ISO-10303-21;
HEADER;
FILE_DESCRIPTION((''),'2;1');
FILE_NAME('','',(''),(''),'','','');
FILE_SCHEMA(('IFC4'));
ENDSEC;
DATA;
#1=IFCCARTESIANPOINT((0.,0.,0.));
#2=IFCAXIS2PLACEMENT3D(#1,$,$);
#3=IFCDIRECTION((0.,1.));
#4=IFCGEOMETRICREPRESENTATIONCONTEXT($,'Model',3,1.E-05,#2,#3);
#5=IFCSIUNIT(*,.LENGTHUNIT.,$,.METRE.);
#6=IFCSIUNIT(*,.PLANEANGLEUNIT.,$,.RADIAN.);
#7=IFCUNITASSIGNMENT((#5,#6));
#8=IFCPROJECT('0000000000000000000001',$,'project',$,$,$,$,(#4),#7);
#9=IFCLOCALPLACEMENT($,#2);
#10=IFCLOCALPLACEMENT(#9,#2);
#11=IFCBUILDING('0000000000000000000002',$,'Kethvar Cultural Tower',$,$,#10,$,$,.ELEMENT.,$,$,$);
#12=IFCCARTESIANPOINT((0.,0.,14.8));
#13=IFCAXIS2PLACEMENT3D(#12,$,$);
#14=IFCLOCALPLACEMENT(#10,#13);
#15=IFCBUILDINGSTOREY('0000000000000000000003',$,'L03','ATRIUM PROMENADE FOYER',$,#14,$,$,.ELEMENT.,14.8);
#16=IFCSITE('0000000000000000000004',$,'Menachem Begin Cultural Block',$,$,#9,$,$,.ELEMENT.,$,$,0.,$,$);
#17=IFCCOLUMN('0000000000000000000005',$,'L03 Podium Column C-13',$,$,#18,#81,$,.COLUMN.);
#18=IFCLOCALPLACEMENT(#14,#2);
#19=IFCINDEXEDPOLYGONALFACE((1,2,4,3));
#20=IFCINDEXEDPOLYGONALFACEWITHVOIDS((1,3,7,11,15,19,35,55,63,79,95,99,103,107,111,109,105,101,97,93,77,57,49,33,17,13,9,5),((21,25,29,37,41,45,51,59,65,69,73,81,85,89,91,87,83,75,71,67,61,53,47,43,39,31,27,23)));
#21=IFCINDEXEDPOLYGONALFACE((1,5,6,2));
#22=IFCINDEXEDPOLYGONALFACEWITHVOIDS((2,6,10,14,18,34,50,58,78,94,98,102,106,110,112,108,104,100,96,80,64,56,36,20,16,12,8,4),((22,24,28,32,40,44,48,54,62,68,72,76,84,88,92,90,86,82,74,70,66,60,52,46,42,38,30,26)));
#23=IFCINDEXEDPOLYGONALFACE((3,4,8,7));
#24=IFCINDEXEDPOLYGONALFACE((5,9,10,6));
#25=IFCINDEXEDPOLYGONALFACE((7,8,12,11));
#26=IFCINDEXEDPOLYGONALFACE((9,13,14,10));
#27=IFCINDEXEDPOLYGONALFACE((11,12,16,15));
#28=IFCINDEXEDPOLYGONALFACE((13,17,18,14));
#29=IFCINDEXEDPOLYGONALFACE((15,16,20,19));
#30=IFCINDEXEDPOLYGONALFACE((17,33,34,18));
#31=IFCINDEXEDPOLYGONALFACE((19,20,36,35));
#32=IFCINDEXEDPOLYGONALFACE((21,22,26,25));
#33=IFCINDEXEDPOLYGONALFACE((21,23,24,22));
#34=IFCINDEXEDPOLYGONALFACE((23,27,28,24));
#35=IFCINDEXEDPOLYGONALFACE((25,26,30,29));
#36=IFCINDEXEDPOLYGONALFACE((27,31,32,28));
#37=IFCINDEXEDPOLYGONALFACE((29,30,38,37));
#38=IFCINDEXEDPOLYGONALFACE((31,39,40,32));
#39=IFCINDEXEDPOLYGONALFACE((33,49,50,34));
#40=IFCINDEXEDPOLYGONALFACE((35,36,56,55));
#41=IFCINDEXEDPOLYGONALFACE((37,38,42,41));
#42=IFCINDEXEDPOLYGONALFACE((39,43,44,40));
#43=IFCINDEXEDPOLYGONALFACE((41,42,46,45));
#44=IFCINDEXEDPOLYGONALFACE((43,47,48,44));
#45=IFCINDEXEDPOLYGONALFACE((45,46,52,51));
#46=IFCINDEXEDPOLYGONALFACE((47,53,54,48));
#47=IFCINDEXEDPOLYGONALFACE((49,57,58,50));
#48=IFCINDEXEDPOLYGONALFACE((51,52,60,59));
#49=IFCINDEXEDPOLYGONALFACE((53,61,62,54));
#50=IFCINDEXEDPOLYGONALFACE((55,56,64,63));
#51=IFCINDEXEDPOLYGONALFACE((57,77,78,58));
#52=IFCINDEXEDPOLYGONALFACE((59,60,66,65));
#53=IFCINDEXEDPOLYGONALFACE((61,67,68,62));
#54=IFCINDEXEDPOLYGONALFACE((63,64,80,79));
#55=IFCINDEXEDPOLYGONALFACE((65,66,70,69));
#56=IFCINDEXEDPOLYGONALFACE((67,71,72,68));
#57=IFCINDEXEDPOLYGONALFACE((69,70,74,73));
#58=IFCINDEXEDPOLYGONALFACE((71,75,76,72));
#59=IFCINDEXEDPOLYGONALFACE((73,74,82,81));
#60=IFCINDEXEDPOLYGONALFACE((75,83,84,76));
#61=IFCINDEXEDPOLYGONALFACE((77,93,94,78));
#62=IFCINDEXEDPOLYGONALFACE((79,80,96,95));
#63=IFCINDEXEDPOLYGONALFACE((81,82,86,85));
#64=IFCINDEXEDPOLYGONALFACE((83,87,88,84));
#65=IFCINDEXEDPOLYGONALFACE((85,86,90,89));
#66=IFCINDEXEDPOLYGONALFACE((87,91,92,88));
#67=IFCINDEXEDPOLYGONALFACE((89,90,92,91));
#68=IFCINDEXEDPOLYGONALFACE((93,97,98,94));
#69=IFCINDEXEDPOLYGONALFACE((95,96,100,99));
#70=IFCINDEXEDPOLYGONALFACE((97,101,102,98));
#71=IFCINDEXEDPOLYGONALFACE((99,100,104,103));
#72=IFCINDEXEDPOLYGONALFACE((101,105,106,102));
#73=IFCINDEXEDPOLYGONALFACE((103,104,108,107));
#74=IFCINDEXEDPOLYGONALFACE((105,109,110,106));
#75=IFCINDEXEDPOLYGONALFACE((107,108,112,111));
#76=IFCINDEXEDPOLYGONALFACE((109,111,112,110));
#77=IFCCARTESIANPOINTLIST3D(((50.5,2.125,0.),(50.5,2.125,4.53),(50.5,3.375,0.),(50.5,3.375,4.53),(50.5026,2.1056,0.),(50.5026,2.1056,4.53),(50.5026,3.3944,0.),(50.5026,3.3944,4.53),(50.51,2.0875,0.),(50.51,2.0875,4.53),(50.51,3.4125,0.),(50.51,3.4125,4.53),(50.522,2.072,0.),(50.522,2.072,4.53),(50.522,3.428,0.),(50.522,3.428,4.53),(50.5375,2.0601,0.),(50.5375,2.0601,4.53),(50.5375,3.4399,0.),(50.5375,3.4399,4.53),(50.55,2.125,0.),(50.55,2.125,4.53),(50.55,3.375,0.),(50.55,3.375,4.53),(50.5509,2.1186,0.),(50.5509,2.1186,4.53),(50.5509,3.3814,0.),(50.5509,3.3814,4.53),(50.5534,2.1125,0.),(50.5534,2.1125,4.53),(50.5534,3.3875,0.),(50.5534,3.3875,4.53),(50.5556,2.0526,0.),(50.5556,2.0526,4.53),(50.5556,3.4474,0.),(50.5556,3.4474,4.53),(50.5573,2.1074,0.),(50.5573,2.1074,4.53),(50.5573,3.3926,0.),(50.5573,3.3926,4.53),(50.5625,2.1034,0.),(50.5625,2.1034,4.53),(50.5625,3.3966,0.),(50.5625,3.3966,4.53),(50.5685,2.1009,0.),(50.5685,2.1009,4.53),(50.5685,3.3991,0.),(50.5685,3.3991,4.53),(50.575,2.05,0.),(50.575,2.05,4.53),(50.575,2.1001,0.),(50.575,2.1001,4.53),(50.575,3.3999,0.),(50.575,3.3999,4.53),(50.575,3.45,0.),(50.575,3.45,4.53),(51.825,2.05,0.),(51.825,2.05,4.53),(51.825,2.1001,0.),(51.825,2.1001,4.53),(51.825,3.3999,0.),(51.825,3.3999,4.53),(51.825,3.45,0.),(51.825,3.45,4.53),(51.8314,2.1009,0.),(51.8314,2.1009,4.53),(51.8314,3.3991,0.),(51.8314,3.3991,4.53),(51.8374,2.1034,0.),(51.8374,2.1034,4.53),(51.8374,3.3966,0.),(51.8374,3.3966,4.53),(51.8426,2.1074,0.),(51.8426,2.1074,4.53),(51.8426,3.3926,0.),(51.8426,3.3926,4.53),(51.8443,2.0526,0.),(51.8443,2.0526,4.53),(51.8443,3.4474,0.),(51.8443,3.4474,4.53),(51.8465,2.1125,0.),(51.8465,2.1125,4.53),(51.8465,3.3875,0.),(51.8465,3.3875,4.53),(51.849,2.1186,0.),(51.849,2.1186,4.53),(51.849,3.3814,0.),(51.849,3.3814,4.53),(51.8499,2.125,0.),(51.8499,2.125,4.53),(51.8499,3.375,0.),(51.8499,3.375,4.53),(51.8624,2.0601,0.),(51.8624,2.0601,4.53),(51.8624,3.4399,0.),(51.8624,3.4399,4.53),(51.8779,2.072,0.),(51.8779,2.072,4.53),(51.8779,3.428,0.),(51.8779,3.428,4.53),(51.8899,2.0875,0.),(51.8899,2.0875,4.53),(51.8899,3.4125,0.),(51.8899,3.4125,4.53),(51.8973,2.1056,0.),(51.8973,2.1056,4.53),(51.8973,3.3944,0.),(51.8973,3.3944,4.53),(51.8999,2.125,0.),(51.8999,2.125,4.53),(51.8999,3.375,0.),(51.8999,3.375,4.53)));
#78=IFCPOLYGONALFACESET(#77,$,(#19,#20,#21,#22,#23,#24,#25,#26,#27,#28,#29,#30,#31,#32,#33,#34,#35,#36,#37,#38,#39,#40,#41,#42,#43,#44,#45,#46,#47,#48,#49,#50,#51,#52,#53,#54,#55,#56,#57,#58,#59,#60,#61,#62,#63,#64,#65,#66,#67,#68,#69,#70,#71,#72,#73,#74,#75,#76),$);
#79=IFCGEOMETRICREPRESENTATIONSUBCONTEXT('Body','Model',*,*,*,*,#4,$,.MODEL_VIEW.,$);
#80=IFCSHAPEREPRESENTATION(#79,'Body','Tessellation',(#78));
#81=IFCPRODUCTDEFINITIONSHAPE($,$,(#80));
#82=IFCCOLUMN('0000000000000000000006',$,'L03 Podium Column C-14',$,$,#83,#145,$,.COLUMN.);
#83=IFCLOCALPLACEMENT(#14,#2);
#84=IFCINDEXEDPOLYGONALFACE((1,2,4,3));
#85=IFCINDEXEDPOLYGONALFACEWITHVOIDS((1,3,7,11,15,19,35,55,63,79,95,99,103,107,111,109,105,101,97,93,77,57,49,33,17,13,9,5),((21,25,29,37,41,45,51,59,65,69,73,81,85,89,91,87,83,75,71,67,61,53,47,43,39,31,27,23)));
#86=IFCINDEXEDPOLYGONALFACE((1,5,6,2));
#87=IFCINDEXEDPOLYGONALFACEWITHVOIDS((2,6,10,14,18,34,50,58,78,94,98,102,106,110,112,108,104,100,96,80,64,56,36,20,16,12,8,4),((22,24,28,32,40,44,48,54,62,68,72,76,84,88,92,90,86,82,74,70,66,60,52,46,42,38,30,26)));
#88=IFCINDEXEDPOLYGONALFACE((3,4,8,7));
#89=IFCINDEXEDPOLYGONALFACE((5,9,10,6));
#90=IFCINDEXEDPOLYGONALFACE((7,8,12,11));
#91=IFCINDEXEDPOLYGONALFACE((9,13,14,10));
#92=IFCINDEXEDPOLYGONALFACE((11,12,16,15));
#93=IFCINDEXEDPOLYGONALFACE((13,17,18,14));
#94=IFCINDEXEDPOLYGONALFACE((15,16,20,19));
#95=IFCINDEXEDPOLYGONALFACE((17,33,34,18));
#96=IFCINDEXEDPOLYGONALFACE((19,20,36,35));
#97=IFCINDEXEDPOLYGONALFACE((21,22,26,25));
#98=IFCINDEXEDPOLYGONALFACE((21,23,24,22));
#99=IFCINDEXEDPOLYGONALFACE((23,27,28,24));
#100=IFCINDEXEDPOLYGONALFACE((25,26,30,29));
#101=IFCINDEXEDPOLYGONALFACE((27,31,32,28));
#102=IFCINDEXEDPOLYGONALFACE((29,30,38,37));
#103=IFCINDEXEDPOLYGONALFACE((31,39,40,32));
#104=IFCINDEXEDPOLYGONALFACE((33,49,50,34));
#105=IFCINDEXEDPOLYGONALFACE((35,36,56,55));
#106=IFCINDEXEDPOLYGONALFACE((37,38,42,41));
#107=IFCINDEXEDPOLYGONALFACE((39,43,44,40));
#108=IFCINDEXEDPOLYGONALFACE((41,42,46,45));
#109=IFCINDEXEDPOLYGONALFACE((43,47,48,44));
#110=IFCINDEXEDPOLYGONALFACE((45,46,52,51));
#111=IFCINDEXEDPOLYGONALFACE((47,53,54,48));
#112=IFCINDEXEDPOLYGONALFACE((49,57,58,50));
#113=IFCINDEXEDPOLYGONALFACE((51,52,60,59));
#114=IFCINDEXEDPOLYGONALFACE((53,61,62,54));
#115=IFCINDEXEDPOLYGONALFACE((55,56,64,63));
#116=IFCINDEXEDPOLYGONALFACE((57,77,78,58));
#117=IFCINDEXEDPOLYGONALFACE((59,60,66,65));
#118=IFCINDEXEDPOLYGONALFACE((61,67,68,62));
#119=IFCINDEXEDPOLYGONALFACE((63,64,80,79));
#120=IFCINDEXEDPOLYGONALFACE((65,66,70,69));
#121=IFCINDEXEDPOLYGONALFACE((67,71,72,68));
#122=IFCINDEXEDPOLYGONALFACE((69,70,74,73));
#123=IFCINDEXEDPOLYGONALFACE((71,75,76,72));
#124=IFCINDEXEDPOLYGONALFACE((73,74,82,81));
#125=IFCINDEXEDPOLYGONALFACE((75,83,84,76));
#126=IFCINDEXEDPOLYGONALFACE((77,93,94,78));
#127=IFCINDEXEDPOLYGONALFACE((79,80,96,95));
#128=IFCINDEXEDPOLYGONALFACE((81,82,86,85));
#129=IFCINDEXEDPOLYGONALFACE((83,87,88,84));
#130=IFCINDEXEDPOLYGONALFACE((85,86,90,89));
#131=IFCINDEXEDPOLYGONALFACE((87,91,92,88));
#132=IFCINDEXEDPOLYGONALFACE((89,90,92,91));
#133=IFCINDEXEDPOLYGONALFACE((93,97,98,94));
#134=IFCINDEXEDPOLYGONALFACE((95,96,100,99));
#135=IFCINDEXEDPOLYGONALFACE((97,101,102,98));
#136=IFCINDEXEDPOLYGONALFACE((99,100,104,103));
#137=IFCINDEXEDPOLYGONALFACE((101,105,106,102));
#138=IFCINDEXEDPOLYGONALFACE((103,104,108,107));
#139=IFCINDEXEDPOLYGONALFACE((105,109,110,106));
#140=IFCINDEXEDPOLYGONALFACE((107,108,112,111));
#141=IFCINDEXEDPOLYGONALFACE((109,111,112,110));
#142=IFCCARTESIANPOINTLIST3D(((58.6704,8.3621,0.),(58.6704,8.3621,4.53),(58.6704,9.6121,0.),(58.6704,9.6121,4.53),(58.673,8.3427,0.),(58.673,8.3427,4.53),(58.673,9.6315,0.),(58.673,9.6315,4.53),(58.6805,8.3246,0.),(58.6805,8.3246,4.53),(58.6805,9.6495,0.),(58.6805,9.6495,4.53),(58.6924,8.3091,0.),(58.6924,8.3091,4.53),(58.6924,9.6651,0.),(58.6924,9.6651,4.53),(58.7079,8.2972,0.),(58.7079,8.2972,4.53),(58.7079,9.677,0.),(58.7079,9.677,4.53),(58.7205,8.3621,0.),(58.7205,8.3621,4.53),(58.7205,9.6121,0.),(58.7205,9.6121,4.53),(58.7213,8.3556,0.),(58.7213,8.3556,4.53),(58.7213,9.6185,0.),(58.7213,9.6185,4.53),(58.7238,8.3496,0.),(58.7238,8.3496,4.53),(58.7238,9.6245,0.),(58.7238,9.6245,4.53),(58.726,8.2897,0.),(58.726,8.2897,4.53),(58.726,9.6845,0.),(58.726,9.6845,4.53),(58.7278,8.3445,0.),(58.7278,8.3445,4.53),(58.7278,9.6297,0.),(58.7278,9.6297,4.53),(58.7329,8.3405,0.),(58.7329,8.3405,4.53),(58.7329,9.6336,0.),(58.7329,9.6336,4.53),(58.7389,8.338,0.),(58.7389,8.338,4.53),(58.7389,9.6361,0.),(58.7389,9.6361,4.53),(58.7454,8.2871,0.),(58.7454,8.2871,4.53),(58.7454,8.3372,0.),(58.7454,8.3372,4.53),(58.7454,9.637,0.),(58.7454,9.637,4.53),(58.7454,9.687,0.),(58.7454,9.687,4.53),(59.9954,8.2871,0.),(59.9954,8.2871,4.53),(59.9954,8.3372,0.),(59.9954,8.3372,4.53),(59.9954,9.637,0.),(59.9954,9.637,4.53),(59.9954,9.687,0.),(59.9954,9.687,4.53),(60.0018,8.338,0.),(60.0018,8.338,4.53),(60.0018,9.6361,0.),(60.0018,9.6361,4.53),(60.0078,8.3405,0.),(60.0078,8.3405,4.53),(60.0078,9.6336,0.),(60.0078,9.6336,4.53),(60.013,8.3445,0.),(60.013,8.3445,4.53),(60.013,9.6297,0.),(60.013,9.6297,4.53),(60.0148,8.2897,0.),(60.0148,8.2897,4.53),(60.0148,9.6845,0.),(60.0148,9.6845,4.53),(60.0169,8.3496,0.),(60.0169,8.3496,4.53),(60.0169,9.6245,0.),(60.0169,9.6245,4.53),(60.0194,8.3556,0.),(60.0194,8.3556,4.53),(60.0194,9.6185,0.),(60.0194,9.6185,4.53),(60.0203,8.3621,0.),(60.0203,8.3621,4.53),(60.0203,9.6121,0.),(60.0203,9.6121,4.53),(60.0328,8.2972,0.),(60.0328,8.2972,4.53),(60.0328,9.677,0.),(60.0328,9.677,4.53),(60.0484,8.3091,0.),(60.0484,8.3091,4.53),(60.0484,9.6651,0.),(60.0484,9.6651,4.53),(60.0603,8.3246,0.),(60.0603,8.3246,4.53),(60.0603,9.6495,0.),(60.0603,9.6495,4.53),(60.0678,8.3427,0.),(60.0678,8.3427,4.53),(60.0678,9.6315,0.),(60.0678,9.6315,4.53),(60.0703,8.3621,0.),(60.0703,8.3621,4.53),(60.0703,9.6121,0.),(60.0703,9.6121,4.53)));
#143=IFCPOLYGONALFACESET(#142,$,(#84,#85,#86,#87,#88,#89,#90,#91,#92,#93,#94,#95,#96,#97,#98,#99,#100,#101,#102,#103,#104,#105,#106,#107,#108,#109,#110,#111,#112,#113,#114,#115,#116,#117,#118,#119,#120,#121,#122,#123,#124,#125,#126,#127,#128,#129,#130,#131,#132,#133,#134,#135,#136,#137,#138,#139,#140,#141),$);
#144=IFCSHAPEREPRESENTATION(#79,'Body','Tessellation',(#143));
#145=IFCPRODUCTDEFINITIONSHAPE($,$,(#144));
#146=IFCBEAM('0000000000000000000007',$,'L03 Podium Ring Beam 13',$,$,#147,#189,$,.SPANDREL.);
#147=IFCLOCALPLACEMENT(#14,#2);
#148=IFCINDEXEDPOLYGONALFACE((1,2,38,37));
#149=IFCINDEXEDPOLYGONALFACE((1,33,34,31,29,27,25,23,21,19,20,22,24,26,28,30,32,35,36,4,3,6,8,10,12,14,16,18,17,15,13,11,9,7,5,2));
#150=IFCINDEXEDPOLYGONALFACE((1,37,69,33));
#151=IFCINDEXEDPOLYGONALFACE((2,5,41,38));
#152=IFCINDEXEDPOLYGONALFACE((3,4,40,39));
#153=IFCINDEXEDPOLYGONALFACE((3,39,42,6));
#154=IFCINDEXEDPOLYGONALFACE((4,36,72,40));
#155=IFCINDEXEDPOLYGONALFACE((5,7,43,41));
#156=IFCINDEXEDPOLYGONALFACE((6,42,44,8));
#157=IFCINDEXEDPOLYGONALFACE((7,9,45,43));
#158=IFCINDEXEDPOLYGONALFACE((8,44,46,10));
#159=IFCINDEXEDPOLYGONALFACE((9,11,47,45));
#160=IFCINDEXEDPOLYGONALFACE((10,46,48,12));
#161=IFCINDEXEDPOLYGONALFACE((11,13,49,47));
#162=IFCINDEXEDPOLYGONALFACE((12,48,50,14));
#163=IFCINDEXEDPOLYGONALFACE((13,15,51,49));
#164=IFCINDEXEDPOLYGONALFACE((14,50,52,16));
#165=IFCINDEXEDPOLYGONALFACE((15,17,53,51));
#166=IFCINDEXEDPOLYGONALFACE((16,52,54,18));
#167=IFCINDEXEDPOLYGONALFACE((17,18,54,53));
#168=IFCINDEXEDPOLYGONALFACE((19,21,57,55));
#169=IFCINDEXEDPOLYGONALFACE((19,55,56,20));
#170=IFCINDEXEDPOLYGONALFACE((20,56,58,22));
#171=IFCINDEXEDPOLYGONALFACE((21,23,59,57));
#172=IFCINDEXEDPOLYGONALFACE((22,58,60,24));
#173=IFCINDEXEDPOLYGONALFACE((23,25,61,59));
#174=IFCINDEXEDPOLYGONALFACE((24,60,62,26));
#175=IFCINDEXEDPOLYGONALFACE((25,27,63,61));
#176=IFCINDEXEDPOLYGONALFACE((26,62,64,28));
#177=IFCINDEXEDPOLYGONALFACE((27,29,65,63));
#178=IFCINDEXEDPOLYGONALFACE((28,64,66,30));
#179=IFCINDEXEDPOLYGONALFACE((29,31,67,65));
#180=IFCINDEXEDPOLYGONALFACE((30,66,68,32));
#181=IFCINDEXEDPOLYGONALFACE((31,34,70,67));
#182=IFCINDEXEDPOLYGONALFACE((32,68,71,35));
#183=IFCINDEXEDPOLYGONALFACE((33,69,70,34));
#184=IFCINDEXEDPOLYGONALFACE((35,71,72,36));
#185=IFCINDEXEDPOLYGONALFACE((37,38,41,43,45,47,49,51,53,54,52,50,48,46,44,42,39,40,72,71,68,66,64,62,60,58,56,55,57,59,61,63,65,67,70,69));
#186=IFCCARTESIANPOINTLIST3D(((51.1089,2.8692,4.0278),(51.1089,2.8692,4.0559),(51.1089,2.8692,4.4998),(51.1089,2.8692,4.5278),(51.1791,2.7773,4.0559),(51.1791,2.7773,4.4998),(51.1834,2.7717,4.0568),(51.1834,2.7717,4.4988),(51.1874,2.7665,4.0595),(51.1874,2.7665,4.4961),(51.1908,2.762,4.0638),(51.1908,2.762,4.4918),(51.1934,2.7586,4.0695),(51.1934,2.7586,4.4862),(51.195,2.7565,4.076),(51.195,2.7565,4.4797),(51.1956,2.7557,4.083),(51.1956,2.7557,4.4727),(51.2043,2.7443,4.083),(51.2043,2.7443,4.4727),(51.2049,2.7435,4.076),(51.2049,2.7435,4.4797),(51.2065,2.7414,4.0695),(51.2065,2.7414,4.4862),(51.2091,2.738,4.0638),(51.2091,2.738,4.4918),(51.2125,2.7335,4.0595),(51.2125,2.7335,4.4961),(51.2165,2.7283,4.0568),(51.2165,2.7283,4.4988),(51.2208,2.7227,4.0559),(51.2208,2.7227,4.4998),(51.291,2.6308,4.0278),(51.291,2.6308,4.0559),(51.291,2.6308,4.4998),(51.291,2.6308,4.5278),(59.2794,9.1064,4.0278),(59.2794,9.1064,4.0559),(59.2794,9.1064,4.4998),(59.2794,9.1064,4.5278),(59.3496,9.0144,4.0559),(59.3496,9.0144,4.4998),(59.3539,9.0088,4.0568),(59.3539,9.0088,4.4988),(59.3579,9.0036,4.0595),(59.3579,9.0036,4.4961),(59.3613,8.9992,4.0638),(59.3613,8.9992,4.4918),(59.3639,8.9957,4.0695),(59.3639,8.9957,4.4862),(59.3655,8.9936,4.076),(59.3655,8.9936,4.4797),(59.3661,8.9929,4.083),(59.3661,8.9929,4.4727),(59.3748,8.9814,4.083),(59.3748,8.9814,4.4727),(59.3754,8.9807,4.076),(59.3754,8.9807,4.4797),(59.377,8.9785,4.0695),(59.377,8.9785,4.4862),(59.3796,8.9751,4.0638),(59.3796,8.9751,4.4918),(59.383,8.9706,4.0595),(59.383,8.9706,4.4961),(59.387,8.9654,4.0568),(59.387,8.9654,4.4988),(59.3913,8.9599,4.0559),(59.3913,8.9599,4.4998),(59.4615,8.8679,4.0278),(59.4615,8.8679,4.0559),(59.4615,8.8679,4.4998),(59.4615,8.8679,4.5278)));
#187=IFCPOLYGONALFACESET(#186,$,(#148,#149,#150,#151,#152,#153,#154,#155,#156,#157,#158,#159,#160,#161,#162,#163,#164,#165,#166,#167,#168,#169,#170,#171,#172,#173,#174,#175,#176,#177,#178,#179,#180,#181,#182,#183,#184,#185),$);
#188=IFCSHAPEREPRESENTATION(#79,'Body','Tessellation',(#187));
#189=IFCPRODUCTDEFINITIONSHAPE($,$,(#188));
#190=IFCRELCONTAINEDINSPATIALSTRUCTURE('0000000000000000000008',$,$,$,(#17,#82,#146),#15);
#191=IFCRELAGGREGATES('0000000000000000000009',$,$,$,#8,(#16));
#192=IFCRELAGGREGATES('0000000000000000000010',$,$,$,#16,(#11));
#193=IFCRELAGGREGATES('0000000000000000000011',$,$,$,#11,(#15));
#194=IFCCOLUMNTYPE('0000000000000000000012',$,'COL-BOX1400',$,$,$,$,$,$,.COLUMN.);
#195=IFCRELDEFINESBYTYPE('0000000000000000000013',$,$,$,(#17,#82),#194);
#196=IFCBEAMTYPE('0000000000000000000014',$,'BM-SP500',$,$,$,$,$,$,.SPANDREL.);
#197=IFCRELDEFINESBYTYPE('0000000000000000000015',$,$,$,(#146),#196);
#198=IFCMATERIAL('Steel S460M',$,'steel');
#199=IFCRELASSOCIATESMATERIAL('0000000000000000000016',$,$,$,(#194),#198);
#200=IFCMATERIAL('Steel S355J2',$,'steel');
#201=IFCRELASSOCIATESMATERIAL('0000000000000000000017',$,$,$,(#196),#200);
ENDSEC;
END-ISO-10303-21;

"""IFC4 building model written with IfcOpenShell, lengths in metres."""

from ifc_helpers import new_model, si_unit, direction, frame, origin, origin_2d, place, context, subcontext, project, spatial, hollow_rectangle, i_section, extrude, source, transform, mapped, material, material_profile, profile_set, type_object, element, save


model = new_model("IFC4")

# Units and contexts
model_context = context("Model", 3, precision=1e-05, world=origin(), true_north=direction((0.0, 1.0)))
body_context = subcontext(model_context, "Body", "Model", "MODEL_VIEW")
ifc_project = project(units=[si_unit("LENGTHUNIT", "METRE"), si_unit("PLANEANGLEUNIT", "RADIAN")], contexts=[model_context])

# Site, building, storey
site_placement = place(None, origin())
site = spatial("IfcSite", under=ifc_project, at=site_placement, Name="Menachem Begin Cultural Block", CompositionType="ELEMENT", RefElevation=0.0)
building_placement = place(site_placement, origin())
building = spatial("IfcBuilding", under=site, at=building_placement, Name="Kethvar Cultural Tower", CompositionType="ELEMENT")
storey_placement = place(building_placement, frame((0.0, 0.0, 14.8)))
storey = spatial("IfcBuildingStorey", under=building, at=storey_placement, Name="L03", Description="ATRIUM PROMENADE FOYER", CompositionType="ELEMENT", Elevation=14.8)

# Columns
ifc_material_1 = material(Name="Steel S460M", Category="steel")
ifc_material_profile_1 = material_profile(ifc_material_1, hollow_rectangle(XDim=1.3999, YDim=1.3999, WallThickness=0.05, InnerFilletRadius=0.0249, OuterFilletRadius=0.075, at=origin_2d()), Name="Steel S460M — BOX1400x1400x50")
ifc_profile_set_1 = profile_set([ifc_material_profile_1], Name="Steel S460M — BOX1400x1400x50")
column_type = type_object("IfcColumnType", Name="COL-BOX1400", PredefinedType="COLUMN", material=ifc_profile_set_1)
shared_shape_1 = source(origin(), body_context, "Body", "SweptSolid", [
    extrude(hollow_rectangle(XDim=1.3999, YDim=1.3999, WallThickness=0.05, InnerFilletRadius=0.0249, OuterFilletRadius=0.075, at=origin_2d()), origin(), (0.0, 0.0, 1.0), 4.53),
])
for number, where, z_axis, x_axis, name in (
    (1, (51.2, 2.75, 0.0), (0.0, 0.0, 1.0), (1.0, 0.0, 0.0), "L03 Podium Column C-13"),
    (2, (59.3704, 8.9871, 0.0), (0.0, 0.0, 1.0), (1.0, 0.0, 0.0), "L03 Podium Column C-14"),
):
    element("IfcColumn", number, at=place(storey_placement, frame(where, z_axis=z_axis, x_axis=x_axis)), inside=storey, type_object=column_type, Name=name, PredefinedType="COLUMN", context=body_context, shape_type="MappedRepresentation", body=[
        mapped(shared_shape_1, transform((0.0, 0.0, 0.0), scale=1.0)),
    ])

# Beam
ifc_material_2 = material(Name="Steel S355J2", Category="steel")
ifc_material_profile_2 = material_profile(ifc_material_2, i_section(OverallWidth=0.3, OverallDepth=0.5, WebThickness=0.0144, FlangeThickness=0.0281, FilletRadius=0.0271, at=origin_2d()), Name="Steel S355J2 — HEB500")
ifc_profile_set_2 = profile_set([ifc_material_profile_2], Name="Steel S355J2 — HEB500")
beam_type_1 = type_object("IfcBeamType", Name="BM-SP500", PredefinedType="SPANDREL", material=ifc_profile_set_2)
shared_shape_2 = source(origin(), body_context, "Body", "SweptSolid", [
    extrude(i_section(OverallWidth=0.3, OverallDepth=0.5, WebThickness=0.0144, FlangeThickness=0.0281, FilletRadius=0.0271, at=origin_2d()), origin(), (0.0, 0.0, 1.0), 10.2791),
])
beam_1_placement = place(storey_placement, frame((51.2, 2.75, 4.2778), z_axis=(0.794869, 0.606781, 0.0), x_axis=(-0.606781, 0.794869, 0.0)))
element("IfcBeam", 3, at=beam_1_placement, inside=storey, type_object=beam_type_1, Name="L03 Podium Ring Beam 13", PredefinedType="SPANDREL", context=body_context, shape_type="MappedRepresentation", body=[
    mapped(shared_shape_2, transform((0.0, 0.0, 0.0), scale=1.0)),
])

save(model, "model.ifc")
